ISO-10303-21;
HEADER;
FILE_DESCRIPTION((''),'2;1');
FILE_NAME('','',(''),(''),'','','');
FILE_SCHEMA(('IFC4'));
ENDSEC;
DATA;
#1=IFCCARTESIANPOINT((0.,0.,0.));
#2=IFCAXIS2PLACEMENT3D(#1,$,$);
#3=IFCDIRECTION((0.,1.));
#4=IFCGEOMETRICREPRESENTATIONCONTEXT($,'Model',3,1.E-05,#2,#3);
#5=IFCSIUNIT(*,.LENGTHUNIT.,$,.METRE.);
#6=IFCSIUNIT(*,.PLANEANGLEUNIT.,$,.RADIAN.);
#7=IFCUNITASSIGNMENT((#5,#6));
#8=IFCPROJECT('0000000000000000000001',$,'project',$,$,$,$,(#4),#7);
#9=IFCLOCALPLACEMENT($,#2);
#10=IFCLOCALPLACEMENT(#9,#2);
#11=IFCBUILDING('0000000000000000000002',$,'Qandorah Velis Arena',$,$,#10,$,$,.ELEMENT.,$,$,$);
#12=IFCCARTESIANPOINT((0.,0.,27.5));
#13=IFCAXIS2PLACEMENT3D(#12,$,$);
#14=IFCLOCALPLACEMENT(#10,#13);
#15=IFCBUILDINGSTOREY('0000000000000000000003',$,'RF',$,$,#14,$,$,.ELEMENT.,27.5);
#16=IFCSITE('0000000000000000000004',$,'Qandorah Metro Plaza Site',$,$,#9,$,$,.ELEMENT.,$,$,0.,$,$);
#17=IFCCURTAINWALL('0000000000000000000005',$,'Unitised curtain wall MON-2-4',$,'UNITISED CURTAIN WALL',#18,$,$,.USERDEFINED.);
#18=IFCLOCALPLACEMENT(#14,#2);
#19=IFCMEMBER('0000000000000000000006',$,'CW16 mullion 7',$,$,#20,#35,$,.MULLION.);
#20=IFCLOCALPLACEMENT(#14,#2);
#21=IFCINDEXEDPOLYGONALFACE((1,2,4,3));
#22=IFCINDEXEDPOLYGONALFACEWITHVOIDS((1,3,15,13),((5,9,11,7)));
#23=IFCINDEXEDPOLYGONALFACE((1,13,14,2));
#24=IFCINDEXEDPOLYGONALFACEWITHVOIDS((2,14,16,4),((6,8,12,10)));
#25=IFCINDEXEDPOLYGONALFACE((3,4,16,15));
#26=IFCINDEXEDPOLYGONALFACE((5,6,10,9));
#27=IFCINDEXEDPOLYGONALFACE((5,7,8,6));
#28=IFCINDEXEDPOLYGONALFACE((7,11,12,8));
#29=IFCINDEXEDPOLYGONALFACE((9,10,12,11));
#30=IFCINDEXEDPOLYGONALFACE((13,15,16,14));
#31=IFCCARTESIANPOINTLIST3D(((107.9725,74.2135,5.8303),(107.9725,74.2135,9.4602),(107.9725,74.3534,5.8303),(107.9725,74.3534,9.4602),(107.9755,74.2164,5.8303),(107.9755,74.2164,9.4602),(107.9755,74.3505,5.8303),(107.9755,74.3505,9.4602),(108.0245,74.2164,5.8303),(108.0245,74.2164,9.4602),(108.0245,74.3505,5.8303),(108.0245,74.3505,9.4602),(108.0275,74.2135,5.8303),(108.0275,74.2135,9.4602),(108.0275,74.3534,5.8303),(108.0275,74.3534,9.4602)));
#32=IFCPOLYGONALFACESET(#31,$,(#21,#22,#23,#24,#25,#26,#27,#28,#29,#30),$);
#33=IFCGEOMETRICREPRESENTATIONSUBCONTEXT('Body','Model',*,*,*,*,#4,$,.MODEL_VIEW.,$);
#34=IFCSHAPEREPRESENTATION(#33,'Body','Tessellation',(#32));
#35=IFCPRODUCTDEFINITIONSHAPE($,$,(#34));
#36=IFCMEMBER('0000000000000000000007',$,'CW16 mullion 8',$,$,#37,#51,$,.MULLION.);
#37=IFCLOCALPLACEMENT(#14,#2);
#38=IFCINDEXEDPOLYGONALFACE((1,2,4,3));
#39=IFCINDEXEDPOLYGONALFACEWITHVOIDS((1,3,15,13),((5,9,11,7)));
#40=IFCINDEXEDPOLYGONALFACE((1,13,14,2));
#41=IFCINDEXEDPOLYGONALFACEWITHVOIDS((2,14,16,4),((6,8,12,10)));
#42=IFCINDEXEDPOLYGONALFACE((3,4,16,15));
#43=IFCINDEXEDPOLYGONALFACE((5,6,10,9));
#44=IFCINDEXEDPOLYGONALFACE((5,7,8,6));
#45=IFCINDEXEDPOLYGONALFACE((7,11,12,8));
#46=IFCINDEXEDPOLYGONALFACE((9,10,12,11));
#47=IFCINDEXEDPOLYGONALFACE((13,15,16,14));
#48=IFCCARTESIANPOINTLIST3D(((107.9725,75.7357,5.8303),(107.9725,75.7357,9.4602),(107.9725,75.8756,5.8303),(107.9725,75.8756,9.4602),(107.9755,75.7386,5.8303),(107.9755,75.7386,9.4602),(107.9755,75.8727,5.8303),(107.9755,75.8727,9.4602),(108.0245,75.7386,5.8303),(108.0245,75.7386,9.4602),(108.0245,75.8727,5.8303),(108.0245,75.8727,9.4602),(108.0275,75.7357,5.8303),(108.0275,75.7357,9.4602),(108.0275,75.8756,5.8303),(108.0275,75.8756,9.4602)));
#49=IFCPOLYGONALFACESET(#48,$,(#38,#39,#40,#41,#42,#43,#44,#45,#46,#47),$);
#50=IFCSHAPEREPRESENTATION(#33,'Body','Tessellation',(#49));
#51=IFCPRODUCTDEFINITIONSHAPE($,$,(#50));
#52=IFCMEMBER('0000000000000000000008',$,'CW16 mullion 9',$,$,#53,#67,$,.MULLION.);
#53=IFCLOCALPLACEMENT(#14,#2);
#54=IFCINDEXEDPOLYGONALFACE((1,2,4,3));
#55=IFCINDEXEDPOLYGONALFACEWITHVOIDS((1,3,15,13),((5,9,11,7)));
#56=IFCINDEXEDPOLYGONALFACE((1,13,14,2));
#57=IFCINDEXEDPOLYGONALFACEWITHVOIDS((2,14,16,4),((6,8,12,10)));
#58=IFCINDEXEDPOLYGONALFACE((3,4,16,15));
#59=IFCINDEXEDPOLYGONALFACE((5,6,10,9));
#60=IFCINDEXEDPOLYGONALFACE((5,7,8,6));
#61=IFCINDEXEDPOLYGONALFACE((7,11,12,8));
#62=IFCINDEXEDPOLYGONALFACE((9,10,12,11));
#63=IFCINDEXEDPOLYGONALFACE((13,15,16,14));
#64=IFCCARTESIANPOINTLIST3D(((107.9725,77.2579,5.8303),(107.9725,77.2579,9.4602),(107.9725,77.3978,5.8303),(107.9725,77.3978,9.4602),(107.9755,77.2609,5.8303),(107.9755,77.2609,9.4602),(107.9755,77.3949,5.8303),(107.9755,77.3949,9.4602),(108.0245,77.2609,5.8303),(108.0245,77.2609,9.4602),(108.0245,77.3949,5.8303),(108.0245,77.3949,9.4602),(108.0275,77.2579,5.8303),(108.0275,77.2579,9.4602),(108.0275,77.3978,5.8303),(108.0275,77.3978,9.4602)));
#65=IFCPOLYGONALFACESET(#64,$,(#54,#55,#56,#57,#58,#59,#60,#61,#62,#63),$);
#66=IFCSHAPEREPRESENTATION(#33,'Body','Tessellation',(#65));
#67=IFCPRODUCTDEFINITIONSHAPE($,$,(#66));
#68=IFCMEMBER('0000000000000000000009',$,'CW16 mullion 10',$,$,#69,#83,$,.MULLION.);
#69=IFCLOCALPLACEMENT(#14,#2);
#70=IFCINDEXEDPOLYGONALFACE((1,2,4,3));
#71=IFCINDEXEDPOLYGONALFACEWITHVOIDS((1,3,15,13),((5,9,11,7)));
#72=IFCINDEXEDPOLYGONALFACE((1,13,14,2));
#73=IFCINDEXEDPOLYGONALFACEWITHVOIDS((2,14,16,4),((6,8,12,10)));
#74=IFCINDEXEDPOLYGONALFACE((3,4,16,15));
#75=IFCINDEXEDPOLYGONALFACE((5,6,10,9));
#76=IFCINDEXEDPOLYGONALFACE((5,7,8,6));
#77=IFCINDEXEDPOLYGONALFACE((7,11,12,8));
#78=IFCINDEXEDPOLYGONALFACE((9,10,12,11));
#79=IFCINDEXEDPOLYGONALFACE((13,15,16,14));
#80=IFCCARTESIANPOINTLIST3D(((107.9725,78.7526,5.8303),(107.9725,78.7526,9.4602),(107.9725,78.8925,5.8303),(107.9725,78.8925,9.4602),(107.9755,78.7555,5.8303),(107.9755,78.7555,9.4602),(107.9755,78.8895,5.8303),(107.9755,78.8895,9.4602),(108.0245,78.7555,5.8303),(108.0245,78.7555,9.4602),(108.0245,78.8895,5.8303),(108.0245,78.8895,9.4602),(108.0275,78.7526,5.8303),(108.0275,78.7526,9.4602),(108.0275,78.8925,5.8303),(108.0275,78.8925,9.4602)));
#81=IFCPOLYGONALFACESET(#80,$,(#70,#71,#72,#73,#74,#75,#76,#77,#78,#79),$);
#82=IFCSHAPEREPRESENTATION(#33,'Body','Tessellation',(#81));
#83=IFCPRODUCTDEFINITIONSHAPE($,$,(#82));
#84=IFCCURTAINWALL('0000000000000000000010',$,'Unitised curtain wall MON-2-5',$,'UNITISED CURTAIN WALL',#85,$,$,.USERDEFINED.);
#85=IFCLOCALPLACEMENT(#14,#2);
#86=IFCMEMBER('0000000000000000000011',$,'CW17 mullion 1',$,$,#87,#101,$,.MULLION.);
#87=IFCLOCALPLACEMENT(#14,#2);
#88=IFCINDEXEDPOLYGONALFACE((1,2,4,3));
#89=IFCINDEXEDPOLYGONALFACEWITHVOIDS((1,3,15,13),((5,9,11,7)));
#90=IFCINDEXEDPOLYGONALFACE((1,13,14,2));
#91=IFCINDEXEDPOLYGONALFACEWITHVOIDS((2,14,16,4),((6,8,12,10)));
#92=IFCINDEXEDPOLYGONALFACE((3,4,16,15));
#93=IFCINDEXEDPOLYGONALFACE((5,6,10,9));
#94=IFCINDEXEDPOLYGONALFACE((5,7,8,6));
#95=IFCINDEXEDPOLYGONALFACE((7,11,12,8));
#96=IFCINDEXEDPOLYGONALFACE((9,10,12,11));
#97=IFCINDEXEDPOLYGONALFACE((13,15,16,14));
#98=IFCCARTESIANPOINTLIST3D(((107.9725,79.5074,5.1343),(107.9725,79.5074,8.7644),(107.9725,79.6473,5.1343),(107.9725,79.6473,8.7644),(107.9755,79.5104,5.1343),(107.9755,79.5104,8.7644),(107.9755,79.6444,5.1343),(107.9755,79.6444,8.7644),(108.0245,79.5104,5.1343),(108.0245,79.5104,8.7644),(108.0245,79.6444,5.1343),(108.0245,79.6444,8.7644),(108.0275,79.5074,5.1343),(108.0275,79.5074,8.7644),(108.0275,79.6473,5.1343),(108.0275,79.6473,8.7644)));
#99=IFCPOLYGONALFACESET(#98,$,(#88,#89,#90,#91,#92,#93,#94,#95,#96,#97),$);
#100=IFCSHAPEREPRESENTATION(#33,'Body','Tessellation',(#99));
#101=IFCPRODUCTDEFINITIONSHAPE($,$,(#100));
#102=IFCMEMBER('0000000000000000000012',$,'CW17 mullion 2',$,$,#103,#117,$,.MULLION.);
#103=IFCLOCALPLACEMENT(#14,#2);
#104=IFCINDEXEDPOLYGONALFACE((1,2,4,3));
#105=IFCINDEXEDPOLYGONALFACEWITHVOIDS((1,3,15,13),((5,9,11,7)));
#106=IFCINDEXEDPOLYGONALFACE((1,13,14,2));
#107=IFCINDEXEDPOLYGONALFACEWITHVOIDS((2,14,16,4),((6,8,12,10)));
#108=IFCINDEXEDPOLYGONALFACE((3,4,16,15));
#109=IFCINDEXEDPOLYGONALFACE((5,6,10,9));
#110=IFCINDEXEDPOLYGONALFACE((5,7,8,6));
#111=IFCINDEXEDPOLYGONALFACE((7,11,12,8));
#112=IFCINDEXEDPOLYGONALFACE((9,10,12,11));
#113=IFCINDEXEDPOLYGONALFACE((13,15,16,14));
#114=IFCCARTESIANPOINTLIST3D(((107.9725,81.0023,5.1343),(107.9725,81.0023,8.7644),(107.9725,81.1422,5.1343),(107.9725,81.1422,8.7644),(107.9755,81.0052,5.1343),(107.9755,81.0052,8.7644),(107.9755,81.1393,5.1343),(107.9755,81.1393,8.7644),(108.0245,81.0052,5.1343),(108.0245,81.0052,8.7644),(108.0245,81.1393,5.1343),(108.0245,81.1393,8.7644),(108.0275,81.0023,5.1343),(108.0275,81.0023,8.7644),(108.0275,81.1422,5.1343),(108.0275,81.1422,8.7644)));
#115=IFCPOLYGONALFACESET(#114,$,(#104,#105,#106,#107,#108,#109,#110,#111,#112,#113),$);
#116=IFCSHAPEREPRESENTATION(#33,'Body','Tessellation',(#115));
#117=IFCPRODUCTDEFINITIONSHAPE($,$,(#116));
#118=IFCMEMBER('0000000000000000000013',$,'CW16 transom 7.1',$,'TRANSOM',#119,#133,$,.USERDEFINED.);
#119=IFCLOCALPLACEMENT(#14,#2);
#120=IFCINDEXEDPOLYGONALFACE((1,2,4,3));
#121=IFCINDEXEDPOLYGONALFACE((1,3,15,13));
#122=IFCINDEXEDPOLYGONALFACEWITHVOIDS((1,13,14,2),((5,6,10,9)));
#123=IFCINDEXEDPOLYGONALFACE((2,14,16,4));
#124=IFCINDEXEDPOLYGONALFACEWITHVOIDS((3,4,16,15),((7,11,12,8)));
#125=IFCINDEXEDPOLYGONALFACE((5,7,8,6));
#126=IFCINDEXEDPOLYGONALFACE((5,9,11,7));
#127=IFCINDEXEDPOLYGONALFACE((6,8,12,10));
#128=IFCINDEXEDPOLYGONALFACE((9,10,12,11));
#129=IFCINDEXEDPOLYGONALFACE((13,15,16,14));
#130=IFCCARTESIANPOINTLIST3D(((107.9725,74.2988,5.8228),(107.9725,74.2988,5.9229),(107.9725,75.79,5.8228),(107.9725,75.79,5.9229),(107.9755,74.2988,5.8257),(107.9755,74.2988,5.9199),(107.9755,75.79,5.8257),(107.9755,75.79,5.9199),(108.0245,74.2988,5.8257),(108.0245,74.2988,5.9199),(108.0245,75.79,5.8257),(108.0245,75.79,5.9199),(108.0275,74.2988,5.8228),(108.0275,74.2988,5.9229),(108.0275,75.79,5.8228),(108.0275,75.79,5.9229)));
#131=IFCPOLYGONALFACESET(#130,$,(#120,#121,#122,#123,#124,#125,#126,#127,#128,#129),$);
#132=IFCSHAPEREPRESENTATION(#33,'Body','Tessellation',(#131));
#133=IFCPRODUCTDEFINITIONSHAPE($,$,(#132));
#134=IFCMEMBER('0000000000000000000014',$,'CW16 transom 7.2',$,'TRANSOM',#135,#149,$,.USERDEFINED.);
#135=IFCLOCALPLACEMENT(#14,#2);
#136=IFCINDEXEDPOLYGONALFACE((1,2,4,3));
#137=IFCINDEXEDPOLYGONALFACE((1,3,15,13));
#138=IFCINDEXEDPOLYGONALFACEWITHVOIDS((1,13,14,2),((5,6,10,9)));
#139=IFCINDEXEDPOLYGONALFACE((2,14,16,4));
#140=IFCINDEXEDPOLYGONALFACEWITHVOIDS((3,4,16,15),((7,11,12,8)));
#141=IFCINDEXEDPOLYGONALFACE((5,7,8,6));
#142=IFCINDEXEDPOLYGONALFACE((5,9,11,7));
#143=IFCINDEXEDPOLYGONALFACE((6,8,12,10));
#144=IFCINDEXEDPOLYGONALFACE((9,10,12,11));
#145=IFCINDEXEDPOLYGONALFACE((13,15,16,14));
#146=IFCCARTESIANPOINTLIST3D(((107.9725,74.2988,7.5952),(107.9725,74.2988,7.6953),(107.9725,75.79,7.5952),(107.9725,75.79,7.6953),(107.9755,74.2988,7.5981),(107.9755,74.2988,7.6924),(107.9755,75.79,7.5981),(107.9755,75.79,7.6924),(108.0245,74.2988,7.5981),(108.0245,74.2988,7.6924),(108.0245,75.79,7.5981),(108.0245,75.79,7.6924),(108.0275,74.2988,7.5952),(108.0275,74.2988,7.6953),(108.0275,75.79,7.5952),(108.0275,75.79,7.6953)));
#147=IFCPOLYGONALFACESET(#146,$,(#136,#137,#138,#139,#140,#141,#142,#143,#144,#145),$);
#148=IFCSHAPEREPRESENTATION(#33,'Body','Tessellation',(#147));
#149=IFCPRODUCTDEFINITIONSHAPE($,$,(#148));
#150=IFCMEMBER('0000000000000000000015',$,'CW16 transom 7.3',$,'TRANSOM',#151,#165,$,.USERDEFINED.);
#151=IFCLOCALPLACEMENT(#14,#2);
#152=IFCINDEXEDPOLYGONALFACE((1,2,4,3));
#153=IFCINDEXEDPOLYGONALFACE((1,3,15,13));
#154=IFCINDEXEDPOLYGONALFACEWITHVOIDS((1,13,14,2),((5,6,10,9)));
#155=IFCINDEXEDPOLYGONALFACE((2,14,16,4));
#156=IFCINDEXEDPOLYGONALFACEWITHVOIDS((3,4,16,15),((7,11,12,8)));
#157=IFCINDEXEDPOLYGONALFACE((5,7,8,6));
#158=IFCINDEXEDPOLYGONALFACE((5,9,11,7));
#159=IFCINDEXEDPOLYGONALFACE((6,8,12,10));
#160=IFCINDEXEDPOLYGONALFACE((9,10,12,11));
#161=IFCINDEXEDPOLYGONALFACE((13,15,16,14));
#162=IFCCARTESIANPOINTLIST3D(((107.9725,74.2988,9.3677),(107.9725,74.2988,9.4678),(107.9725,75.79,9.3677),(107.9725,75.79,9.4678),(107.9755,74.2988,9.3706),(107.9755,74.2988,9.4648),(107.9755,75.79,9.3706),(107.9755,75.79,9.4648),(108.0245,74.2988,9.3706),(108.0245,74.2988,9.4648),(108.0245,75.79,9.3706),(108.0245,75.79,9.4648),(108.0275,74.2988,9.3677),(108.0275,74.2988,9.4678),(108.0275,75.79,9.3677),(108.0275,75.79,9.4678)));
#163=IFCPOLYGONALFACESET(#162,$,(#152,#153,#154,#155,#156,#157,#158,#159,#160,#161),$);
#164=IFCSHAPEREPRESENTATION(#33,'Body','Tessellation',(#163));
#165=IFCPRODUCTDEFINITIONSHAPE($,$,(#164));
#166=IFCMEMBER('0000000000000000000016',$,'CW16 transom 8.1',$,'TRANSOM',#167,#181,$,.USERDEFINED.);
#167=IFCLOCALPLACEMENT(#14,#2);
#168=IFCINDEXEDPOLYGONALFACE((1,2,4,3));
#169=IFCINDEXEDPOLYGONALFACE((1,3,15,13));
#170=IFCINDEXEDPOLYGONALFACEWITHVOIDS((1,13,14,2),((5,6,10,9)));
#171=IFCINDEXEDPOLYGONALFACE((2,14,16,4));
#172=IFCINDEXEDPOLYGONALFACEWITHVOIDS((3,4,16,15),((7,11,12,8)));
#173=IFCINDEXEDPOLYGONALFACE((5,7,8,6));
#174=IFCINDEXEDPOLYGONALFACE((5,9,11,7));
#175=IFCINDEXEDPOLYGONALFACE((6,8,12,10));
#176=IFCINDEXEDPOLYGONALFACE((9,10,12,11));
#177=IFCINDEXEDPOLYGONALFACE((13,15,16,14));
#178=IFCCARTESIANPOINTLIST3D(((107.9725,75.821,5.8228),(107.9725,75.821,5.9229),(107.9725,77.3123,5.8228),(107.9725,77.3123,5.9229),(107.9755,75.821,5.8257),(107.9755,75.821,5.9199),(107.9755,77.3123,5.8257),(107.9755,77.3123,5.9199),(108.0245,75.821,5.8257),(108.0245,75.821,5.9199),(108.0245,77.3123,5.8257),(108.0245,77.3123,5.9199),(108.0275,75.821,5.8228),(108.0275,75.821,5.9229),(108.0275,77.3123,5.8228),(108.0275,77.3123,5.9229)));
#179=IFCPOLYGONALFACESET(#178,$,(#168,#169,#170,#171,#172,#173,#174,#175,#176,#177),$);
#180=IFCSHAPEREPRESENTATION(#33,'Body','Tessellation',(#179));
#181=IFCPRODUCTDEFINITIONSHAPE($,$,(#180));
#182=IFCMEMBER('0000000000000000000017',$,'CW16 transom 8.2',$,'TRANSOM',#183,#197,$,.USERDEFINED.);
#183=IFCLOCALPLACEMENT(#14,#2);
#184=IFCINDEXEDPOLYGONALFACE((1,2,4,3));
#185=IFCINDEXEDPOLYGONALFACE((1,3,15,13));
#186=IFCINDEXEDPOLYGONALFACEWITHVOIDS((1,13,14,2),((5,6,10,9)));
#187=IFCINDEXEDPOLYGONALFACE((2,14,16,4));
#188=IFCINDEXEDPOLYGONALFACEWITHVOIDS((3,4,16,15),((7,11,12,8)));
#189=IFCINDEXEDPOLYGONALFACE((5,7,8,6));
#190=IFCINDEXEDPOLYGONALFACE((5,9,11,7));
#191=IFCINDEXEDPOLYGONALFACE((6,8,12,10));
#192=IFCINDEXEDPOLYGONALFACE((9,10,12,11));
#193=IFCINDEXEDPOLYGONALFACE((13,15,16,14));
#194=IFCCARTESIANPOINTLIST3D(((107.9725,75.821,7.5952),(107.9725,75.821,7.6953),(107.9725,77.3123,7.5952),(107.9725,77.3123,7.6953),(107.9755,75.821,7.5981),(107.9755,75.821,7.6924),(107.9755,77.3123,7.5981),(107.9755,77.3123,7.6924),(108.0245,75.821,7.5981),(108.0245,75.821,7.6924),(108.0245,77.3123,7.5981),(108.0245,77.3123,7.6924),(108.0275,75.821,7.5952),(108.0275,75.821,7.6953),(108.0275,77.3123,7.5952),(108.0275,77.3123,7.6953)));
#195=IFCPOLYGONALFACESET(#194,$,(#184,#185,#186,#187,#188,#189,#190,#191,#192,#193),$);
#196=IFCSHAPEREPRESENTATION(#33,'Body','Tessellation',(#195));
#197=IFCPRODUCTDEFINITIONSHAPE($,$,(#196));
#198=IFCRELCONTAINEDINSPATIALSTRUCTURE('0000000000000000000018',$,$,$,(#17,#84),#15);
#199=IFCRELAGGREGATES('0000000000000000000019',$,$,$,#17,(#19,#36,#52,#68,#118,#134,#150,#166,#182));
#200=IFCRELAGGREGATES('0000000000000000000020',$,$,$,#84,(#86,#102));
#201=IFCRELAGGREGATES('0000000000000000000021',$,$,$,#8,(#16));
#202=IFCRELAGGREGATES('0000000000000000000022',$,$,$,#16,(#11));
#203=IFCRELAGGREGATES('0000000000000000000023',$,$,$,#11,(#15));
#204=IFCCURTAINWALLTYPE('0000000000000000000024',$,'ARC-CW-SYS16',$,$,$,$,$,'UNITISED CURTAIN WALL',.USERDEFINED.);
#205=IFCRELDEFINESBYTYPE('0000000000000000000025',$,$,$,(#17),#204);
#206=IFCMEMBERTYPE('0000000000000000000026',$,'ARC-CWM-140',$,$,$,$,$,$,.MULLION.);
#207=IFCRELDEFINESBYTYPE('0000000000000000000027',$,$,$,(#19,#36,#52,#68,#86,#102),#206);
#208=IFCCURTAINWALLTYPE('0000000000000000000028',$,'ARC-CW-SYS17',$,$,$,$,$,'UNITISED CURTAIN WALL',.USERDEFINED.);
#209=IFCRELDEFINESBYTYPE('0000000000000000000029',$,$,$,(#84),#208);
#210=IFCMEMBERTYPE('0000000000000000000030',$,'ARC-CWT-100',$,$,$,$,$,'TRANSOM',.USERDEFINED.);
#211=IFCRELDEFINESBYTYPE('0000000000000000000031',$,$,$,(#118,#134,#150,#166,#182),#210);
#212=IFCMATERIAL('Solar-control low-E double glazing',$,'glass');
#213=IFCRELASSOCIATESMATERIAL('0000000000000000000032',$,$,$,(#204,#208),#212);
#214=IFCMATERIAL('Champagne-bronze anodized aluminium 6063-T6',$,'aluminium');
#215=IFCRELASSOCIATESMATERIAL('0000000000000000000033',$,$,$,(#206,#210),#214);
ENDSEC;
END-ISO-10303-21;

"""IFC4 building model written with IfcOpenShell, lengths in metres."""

from ifc_helpers import new_model, si_unit, direction, frame, origin, origin_2d, place, context, subcontext, project, spatial, hollow_rectangle, extrude, material, material_profile, profile_set, type_object, element, aggregate, save


model = new_model("IFC4")

# Units and contexts
model_context = context("Model", 3, precision=1e-05, world=origin(), true_north=direction((0.0, 1.0)))
body_context = subcontext(model_context, "Body", "Model", "MODEL_VIEW")
ifc_project = project(units=[si_unit("LENGTHUNIT", "METRE"), si_unit("PLANEANGLEUNIT", "RADIAN")], contexts=[model_context])

# Site, building, storey
site_placement = place(None, origin())
site = spatial("IfcSite", under=ifc_project, at=site_placement, Name="Qandorah Metro Plaza Site", CompositionType="ELEMENT", RefElevation=0.0)
building_placement = place(site_placement, origin())
building = spatial("IfcBuilding", under=site, at=building_placement, Name="Qandorah Velis Arena", CompositionType="ELEMENT")
storey_placement = place(building_placement, frame((0.0, 0.0, 27.5)))
storey = spatial("IfcBuildingStorey", under=building, at=storey_placement, Name="RF", CompositionType="ELEMENT", Elevation=27.5)

# Curtain walls, members
ifc_material_1 = material(Name="Solar-control low-E double glazing", Category="glass")
curtain_wall_type_1 = type_object("IfcCurtainWallType", Name="ARC-CW-SYS16", ElementType="UNITISED CURTAIN WALL", PredefinedType="USERDEFINED", material=ifc_material_1)
curtain_wall_1_placement = place(storey_placement, origin())
curtain_wall_1 = element("IfcCurtainWall", 1, at=curtain_wall_1_placement, inside=storey, type_object=curtain_wall_type_1, Name="Unitised curtain wall MON-2-4", ObjectType="UNITISED CURTAIN WALL", PredefinedType="USERDEFINED")
ifc_material_2 = material(Name="Champagne-bronze anodized aluminium 6063-T6", Category="aluminium")
ifc_material_profile_1 = material_profile(ifc_material_2, hollow_rectangle(XDim=0.0549, YDim=0.1399, WallThickness=0.0029, at=origin_2d()), Name="ALU MULLION 55x140")
ifc_profile_set_1 = profile_set([ifc_material_profile_1], Name="Champagne-bronze anodized aluminium 6063-T6")
member_type_1 = type_object("IfcMemberType", Name="ARC-CWM-140", PredefinedType="MULLION", material=ifc_profile_set_1)
member_1_placement = place(storey_placement, frame((108.0, 74.2834, 5.8303), z_axis=(0.0, 0.0, 1.0), x_axis=(-1.0, 0.0, 0.0)))
member_1 = element("IfcMember", 2, at=member_1_placement, type_object=member_type_1, Name="CW16 mullion 7", PredefinedType="MULLION", context=body_context, shape_type="SweptSolid", body=[
    extrude(hollow_rectangle(XDim=0.0549, YDim=0.1399, WallThickness=0.0029, at=origin_2d()), origin(), (0.0, 0.0, 1.0), 3.6299),
])
member_2_placement = place(storey_placement, frame((108.0, 75.8057, 5.8303), z_axis=(0.0, 0.0, 1.0), x_axis=(-1.0, 0.0, 0.0)))
member_2 = element("IfcMember", 3, at=member_2_placement, type_object=member_type_1, Name="CW16 mullion 8", PredefinedType="MULLION", context=body_context, shape_type="SweptSolid", body=[
    extrude(hollow_rectangle(XDim=0.0549, YDim=0.1399, WallThickness=0.0029, at=origin_2d()), origin(), (0.0, 0.0, 1.0), 3.6299),
])
member_3_placement = place(storey_placement, frame((108.0, 77.3279, 5.8303), z_axis=(0.0, 0.0, 1.0), x_axis=(-1.0, 0.0, 0.0)))
member_3 = element("IfcMember", 4, at=member_3_placement, type_object=member_type_1, Name="CW16 mullion 9", PredefinedType="MULLION", context=body_context, shape_type="SweptSolid", body=[
    extrude(hollow_rectangle(XDim=0.0549, YDim=0.1399, WallThickness=0.0029, at=origin_2d()), origin(), (0.0, 0.0, 1.0), 3.6299),
])
member_4_placement = place(storey_placement, frame((108.0, 78.8225, 5.8303), z_axis=(0.0, 0.0, 1.0), x_axis=(-1.0, 0.0, 0.0)))
member_4 = element("IfcMember", 5, at=member_4_placement, type_object=member_type_1, Name="CW16 mullion 10", PredefinedType="MULLION", context=body_context, shape_type="SweptSolid", body=[
    extrude(hollow_rectangle(XDim=0.0549, YDim=0.1399, WallThickness=0.0029, at=origin_2d()), origin(), (0.0, 0.0, 1.0), 3.6299),
])
curtain_wall_type_2 = type_object("IfcCurtainWallType", Name="ARC-CW-SYS17", ElementType="UNITISED CURTAIN WALL", PredefinedType="USERDEFINED", material=ifc_material_1)
curtain_wall_2_placement = place(storey_placement, origin())
curtain_wall_2 = element("IfcCurtainWall", 6, at=curtain_wall_2_placement, inside=storey, type_object=curtain_wall_type_2, Name="Unitised curtain wall MON-2-5", ObjectType="UNITISED CURTAIN WALL", PredefinedType="USERDEFINED")
member_5_placement = place(storey_placement, frame((108.0, 79.5774, 5.1343), z_axis=(0.0, 0.0, 1.0), x_axis=(-1.0, 0.0, 0.0)))
member_5 = element("IfcMember", 7, at=member_5_placement, type_object=member_type_1, Name="CW17 mullion 1", PredefinedType="MULLION", context=body_context, shape_type="SweptSolid", body=[
    extrude(hollow_rectangle(XDim=0.0549, YDim=0.1399, WallThickness=0.0029, at=origin_2d()), origin(), (0.0, 0.0, 1.0), 3.6301),
])
member_6_placement = place(storey_placement, frame((108.0, 81.0723, 5.1343), z_axis=(0.0, 0.0, 1.0), x_axis=(-1.0, 0.0, 0.0)))
member_6 = element("IfcMember", 8, at=member_6_placement, type_object=member_type_1, Name="CW17 mullion 2", PredefinedType="MULLION", context=body_context, shape_type="SweptSolid", body=[
    extrude(hollow_rectangle(XDim=0.0549, YDim=0.1399, WallThickness=0.0029, at=origin_2d()), origin(), (0.0, 0.0, 1.0), 3.6301),
])

# Members
ifc_material_profile_2 = material_profile(ifc_material_2, hollow_rectangle(XDim=0.0549, YDim=0.1001, WallThickness=0.0029, at=origin_2d()), Name="ALU TRANSOM 55x100")
ifc_profile_set_2 = profile_set([ifc_material_profile_2], Name="Champagne-bronze anodized aluminium 6063-T6")
member_type_2 = type_object("IfcMemberType", Name="ARC-CWT-100", ElementType="TRANSOM", PredefinedType="USERDEFINED", material=ifc_profile_set_2)
member_7_placement = place(storey_placement, frame((108.0, 74.2988, 5.8728), z_axis=(0.0, 1.0, 0.0), x_axis=(-1.0, 0.0, 0.0)))
member_7 = element("IfcMember", 9, at=member_7_placement, type_object=member_type_2, Name="CW16 transom 7.1", ObjectType="TRANSOM", PredefinedType="USERDEFINED", context=body_context, shape_type="SweptSolid", body=[
    extrude(hollow_rectangle(XDim=0.0549, YDim=0.1001, WallThickness=0.0029, at=origin_2d()), origin(), (0.0, 0.0, 1.0), 1.4912),
])
member_8_placement = place(storey_placement, frame((108.0, 74.2988, 7.6453), z_axis=(0.0, 1.0, 0.0), x_axis=(-1.0, 0.0, 0.0)))
member_8 = element("IfcMember", 10, at=member_8_placement, type_object=member_type_2, Name="CW16 transom 7.2", ObjectType="TRANSOM", PredefinedType="USERDEFINED", context=body_context, shape_type="SweptSolid", body=[
    extrude(hollow_rectangle(XDim=0.0549, YDim=0.1001, WallThickness=0.0029, at=origin_2d()), origin(), (0.0, 0.0, 1.0), 1.4912),
])
member_9_placement = place(storey_placement, frame((108.0, 74.2988, 9.4177), z_axis=(0.0, 1.0, 0.0), x_axis=(-1.0, 0.0, 0.0)))
member_9 = element("IfcMember", 11, at=member_9_placement, type_object=member_type_2, Name="CW16 transom 7.3", ObjectType="TRANSOM", PredefinedType="USERDEFINED", context=body_context, shape_type="SweptSolid", body=[
    extrude(hollow_rectangle(XDim=0.0549, YDim=0.1001, WallThickness=0.0029, at=origin_2d()), origin(), (0.0, 0.0, 1.0), 1.4912),
])
member_10_placement = place(storey_placement, frame((108.0, 75.821, 5.8728), z_axis=(0.0, 1.0, 0.0), x_axis=(-1.0, 0.0, 0.0)))
member_10 = element("IfcMember", 12, at=member_10_placement, type_object=member_type_2, Name="CW16 transom 8.1", ObjectType="TRANSOM", PredefinedType="USERDEFINED", context=body_context, shape_type="SweptSolid", body=[
    extrude(hollow_rectangle(XDim=0.0549, YDim=0.1001, WallThickness=0.0029, at=origin_2d()), origin(), (0.0, 0.0, 1.0), 1.4912),
])
member_11_placement = place(storey_placement, frame((108.0, 75.821, 7.6453), z_axis=(0.0, 1.0, 0.0), x_axis=(-1.0, 0.0, 0.0)))
member_11 = element("IfcMember", 13, at=member_11_placement, type_object=member_type_2, Name="CW16 transom 8.2", ObjectType="TRANSOM", PredefinedType="USERDEFINED", context=body_context, shape_type="SweptSolid", body=[
    extrude(hollow_rectangle(XDim=0.0549, YDim=0.1001, WallThickness=0.0029, at=origin_2d()), origin(), (0.0, 0.0, 1.0), 1.4912),
])

aggregate(curtain_wall_1, [member_1, member_2, member_3, member_4, member_7, member_8, member_9, member_10, member_11])
aggregate(curtain_wall_2, [member_5, member_6])

save(model, "model.ifc")
